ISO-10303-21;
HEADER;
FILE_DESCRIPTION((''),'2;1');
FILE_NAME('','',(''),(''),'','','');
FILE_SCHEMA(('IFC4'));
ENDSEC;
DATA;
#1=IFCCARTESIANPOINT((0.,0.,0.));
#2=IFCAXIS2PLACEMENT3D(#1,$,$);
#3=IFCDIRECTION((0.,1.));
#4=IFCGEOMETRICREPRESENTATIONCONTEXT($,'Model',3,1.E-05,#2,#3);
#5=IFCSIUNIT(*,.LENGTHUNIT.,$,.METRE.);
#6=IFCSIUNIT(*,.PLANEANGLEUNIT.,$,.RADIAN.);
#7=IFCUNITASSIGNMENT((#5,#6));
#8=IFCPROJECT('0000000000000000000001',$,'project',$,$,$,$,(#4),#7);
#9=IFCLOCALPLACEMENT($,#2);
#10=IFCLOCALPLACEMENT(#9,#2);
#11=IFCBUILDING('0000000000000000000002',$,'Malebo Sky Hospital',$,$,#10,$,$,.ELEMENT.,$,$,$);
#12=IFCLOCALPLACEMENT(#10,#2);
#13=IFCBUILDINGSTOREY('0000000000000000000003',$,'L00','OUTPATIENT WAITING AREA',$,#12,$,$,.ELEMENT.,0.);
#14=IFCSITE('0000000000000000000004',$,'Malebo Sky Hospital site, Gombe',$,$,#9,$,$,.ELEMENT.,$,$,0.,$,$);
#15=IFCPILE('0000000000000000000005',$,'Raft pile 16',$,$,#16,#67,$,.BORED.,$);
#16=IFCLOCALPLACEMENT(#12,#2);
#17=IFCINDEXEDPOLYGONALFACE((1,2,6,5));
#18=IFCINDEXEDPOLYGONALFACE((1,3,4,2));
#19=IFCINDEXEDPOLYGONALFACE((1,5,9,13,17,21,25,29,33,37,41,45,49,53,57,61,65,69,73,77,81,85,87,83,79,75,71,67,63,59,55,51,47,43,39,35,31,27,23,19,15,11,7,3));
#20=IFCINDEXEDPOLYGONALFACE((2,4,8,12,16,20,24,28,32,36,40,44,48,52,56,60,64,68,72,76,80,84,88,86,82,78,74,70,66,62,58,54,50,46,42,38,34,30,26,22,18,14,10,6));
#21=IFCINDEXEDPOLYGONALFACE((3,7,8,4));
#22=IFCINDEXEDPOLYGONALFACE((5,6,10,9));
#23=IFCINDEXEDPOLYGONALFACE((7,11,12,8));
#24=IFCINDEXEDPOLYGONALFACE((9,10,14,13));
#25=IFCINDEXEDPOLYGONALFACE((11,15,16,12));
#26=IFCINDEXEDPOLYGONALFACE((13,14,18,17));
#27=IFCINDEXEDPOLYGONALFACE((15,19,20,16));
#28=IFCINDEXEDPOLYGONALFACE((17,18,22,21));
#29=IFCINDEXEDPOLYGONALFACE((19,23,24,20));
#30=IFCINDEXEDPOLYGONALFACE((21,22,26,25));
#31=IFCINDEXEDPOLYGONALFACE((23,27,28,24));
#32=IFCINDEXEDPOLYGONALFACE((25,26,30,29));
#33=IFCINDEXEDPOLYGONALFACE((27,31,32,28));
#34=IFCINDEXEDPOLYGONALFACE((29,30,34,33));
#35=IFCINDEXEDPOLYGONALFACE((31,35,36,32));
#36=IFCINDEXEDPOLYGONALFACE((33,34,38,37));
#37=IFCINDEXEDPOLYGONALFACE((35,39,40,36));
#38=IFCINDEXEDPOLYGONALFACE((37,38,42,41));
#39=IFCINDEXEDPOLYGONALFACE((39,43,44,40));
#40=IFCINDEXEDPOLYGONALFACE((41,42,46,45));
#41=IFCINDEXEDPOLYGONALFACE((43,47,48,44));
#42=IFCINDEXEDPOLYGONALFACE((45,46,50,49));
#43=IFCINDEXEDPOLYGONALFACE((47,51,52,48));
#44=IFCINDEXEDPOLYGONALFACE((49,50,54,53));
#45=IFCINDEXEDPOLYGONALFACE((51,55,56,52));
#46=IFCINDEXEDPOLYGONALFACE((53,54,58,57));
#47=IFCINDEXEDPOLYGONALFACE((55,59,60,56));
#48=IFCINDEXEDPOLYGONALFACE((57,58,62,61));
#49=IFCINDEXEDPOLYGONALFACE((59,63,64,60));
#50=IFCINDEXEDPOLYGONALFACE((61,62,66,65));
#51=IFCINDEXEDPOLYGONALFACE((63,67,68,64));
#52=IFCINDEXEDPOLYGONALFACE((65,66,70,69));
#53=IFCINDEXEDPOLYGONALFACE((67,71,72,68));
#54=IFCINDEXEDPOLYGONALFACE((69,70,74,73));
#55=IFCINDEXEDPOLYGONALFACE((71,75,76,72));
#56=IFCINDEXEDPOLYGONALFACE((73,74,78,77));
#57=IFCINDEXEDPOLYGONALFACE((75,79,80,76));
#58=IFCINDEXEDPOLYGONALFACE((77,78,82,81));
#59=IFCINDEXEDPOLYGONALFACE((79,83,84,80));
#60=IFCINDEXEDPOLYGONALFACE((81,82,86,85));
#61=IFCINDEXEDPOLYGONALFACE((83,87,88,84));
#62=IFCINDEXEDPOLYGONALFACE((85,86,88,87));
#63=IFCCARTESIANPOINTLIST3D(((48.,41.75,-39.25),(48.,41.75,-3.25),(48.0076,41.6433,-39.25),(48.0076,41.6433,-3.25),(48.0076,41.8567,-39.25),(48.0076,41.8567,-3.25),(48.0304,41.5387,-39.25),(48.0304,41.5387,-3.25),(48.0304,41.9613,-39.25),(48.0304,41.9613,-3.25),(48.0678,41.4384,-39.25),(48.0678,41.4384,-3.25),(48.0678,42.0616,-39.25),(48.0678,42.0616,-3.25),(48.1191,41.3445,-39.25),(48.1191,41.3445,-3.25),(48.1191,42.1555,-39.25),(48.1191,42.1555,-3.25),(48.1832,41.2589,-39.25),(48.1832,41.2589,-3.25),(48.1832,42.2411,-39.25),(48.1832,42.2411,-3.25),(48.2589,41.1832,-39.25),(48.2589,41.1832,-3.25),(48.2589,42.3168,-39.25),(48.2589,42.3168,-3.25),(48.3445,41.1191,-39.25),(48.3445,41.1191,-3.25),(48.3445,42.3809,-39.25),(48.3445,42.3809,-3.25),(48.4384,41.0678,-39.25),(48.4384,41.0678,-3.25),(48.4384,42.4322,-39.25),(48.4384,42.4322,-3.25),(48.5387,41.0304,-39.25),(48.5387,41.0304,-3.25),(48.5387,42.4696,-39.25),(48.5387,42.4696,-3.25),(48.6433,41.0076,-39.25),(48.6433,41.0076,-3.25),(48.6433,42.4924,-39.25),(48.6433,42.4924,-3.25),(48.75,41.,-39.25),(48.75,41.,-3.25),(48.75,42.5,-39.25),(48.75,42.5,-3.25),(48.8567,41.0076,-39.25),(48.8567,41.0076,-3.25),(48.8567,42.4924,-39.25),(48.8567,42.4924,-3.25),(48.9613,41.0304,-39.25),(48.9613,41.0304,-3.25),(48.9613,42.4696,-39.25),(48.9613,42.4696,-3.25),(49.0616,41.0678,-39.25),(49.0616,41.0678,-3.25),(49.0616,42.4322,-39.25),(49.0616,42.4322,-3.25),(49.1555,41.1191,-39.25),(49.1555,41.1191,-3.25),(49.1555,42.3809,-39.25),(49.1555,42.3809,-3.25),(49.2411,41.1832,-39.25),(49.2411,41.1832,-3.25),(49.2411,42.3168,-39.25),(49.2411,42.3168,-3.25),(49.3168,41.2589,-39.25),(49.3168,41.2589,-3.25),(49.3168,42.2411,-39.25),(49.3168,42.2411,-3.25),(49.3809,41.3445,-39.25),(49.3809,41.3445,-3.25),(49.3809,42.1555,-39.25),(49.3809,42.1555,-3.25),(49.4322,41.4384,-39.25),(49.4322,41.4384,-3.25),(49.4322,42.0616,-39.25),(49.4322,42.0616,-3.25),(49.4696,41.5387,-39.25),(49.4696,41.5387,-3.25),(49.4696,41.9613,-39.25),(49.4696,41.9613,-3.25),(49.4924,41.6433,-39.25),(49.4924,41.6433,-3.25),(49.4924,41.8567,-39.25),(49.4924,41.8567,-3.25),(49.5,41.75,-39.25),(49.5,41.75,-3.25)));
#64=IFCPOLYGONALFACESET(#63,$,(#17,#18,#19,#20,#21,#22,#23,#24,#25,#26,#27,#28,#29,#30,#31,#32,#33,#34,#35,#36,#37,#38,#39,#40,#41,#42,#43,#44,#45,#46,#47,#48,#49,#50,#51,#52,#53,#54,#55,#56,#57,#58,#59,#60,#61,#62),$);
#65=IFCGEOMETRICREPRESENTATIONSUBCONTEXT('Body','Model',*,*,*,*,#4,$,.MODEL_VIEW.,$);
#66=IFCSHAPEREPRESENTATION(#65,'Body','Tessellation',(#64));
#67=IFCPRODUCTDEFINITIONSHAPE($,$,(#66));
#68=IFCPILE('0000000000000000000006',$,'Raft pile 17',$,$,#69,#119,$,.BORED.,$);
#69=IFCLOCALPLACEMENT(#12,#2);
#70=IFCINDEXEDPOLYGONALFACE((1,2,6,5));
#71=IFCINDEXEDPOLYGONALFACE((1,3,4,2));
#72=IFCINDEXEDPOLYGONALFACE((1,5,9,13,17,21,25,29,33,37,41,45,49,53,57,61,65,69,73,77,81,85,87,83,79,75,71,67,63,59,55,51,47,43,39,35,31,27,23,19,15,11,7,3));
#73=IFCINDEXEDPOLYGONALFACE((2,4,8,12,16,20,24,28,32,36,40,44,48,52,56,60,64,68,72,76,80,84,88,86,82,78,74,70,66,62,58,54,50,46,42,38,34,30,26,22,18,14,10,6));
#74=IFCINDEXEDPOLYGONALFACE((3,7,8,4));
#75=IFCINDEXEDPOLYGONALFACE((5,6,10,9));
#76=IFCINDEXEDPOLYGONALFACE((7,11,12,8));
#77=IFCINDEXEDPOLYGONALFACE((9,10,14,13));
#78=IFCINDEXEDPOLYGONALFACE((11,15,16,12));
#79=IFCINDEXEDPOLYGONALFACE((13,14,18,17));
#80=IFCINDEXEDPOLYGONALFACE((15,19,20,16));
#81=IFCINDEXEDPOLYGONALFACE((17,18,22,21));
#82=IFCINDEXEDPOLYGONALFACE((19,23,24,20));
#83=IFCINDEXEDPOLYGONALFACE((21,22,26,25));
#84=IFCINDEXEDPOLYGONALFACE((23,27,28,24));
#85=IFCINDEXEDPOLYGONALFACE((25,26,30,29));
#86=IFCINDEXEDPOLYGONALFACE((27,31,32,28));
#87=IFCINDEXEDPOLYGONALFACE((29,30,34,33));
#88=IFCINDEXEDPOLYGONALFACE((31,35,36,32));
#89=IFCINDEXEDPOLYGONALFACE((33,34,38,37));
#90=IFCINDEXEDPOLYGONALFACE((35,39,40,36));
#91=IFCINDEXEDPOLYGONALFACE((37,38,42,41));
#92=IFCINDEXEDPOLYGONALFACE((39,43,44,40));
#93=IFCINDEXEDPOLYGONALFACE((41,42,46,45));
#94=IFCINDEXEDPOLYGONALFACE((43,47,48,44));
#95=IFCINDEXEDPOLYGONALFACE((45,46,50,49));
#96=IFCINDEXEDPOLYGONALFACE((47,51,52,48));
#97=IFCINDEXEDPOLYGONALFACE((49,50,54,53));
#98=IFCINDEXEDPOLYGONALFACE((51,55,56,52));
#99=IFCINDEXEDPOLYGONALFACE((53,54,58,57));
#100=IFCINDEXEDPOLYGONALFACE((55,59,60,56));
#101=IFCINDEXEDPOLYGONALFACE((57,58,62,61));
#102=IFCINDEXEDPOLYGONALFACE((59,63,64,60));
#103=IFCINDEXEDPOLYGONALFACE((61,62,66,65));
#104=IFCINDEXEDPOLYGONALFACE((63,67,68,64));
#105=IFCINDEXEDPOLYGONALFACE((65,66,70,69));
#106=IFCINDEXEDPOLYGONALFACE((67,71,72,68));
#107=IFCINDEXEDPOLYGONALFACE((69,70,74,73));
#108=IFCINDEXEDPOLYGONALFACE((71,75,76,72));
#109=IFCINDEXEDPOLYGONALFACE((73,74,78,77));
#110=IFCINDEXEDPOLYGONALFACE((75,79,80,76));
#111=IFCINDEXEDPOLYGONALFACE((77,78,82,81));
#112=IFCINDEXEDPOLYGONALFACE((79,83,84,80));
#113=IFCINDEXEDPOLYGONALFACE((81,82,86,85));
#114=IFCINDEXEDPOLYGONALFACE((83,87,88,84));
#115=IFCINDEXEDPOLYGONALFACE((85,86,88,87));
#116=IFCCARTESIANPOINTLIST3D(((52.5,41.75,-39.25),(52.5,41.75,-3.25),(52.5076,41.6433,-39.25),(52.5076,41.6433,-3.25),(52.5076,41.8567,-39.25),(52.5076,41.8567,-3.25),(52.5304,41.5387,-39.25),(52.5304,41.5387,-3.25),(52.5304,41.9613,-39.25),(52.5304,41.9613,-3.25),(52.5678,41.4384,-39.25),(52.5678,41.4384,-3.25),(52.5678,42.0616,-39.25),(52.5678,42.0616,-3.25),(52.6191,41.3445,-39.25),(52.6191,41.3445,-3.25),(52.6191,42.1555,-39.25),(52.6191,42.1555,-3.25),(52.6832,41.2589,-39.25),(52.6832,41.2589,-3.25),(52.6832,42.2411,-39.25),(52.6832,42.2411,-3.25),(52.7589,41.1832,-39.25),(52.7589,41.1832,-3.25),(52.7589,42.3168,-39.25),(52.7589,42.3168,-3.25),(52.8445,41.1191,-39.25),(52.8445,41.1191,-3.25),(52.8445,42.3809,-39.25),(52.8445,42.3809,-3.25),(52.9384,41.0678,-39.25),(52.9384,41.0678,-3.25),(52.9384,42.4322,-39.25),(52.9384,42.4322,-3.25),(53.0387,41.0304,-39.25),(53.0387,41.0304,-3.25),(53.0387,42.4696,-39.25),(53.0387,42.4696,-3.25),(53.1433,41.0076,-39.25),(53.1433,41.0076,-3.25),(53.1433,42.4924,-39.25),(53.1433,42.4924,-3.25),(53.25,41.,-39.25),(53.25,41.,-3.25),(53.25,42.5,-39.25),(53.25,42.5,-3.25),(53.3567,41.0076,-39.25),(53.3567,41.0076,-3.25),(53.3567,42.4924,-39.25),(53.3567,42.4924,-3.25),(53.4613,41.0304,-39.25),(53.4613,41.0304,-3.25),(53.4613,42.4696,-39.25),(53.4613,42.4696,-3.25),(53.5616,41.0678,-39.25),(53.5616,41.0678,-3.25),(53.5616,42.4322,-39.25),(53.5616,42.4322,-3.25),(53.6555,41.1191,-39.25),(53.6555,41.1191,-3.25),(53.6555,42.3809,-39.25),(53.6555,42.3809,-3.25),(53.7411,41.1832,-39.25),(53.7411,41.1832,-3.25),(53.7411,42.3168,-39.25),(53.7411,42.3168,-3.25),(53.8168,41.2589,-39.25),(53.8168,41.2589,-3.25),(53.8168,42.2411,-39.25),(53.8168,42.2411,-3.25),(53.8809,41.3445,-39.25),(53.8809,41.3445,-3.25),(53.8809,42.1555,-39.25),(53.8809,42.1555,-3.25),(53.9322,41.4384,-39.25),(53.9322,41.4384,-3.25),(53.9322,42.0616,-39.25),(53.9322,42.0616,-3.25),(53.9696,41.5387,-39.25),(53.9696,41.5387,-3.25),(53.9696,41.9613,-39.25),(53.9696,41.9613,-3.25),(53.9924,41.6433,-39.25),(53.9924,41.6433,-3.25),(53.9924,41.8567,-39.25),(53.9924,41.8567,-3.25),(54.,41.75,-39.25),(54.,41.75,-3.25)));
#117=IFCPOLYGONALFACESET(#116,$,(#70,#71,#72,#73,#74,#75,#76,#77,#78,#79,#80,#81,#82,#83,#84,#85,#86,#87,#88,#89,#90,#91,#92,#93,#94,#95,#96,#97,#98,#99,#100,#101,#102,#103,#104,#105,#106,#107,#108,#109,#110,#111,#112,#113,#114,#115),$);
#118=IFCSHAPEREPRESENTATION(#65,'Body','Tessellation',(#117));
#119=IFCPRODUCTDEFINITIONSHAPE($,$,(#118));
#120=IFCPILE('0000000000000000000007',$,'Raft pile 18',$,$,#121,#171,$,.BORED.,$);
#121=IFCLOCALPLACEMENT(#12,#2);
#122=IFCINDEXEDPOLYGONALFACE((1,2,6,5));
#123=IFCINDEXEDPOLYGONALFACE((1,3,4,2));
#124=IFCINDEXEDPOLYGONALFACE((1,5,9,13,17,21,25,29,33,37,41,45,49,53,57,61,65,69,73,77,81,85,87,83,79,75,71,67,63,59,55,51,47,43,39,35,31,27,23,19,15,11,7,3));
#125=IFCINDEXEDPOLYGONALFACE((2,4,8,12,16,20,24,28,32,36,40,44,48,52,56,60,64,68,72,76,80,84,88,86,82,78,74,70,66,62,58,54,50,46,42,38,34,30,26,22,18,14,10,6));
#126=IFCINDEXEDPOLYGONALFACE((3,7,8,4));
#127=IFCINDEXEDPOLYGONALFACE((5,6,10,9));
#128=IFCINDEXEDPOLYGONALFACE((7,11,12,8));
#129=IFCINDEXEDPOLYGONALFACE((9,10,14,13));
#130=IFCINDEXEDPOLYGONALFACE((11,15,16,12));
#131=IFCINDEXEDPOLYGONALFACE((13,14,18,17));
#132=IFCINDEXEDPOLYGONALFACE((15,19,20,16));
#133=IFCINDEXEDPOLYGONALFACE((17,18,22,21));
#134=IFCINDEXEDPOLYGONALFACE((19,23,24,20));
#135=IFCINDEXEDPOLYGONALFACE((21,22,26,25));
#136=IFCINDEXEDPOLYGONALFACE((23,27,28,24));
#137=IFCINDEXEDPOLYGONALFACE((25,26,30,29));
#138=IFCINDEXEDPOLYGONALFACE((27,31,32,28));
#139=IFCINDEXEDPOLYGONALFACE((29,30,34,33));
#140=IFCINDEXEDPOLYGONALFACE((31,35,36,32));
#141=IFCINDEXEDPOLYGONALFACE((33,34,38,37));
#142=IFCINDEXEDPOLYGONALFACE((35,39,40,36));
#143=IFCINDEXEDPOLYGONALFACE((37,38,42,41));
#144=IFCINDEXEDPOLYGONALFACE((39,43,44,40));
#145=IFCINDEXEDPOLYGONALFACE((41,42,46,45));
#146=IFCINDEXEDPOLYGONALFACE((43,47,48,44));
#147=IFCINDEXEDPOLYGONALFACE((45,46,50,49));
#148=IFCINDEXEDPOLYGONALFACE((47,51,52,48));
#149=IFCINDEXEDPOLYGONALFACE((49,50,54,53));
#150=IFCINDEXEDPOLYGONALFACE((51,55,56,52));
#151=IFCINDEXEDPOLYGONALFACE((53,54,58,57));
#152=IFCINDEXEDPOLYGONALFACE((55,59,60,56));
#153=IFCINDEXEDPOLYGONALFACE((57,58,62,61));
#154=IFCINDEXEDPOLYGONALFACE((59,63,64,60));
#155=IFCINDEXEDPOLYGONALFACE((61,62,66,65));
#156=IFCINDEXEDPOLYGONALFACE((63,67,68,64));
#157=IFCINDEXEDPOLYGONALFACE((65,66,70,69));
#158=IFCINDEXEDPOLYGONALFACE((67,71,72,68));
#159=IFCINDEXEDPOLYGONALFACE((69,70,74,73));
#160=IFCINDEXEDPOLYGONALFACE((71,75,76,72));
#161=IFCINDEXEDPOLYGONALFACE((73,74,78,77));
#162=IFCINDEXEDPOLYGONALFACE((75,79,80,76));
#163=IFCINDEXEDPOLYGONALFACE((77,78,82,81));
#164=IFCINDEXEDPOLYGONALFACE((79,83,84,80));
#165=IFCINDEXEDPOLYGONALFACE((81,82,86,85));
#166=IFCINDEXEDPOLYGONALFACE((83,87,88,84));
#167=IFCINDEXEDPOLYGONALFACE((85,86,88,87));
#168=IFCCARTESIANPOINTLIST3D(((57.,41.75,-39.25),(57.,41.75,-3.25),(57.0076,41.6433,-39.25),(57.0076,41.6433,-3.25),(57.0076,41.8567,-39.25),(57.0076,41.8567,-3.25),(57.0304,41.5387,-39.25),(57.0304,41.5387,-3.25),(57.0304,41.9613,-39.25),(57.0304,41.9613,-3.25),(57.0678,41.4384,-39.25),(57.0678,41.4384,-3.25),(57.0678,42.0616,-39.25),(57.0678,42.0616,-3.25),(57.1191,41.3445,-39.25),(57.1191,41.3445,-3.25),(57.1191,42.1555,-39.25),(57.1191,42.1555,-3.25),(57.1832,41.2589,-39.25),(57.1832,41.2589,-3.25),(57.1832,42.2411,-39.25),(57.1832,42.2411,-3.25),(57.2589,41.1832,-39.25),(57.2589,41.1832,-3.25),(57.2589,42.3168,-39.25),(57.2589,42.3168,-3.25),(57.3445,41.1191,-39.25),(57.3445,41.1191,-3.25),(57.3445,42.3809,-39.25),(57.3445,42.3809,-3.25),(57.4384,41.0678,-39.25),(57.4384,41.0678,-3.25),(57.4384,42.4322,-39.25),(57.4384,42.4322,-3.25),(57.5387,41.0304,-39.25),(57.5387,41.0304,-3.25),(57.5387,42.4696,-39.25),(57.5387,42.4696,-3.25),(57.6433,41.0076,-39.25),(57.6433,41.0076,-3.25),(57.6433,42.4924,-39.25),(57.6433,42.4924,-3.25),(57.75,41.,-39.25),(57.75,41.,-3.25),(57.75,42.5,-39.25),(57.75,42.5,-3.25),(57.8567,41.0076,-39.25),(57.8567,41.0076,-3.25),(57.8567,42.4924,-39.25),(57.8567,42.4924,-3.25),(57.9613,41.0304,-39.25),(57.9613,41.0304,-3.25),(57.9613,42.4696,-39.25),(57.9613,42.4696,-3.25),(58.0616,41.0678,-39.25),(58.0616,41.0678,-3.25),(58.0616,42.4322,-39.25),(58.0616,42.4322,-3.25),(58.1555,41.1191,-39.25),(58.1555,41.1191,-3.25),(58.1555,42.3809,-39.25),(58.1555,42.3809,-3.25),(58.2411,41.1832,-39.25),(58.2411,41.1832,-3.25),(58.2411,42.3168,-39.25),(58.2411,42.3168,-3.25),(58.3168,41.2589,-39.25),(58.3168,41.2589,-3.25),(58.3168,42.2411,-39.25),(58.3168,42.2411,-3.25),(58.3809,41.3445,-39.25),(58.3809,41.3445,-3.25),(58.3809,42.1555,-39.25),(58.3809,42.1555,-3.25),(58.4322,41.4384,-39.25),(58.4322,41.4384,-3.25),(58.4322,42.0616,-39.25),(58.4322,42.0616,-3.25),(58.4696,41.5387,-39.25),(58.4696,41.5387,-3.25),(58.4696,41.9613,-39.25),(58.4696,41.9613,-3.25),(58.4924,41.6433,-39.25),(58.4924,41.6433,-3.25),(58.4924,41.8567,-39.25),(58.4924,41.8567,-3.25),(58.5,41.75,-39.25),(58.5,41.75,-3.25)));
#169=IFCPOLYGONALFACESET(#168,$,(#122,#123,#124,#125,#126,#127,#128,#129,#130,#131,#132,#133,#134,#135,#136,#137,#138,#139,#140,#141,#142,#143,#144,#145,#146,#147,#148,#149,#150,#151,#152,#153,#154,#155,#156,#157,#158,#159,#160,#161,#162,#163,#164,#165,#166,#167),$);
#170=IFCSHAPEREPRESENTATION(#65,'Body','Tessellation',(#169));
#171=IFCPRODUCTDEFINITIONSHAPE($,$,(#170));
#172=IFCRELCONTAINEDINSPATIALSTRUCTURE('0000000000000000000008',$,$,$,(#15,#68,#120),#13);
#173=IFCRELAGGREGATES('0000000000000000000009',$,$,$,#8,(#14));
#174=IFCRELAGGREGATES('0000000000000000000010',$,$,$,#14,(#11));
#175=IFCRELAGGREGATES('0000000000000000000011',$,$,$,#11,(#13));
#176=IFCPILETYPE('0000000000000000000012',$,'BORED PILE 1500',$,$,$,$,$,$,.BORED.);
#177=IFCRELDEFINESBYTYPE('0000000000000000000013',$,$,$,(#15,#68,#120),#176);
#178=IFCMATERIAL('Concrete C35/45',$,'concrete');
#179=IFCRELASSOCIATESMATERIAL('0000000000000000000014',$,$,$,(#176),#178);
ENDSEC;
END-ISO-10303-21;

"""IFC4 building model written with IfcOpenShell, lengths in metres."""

from ifc_helpers import new_model, si_unit, direction, frame, origin, origin_2d, place, context, subcontext, project, spatial, circle, extrude, material, material_profile, profile_set, type_object, element, save


model = new_model("IFC4")

# Units and contexts
model_context = context("Model", 3, precision=1e-05, world=origin(), true_north=direction((0.0, 1.0)))
body_context = subcontext(model_context, "Body", "Model", "MODEL_VIEW")
ifc_project = project(units=[si_unit("LENGTHUNIT", "METRE"), si_unit("PLANEANGLEUNIT", "RADIAN")], contexts=[model_context])

# Site, building, storey
site_placement = place(None, origin())
site = spatial("IfcSite", under=ifc_project, at=site_placement, Name="Malebo Sky Hospital site, Gombe", CompositionType="ELEMENT", RefElevation=0.0)
building_placement = place(site_placement, origin())
building = spatial("IfcBuilding", under=site, at=building_placement, Name="Malebo Sky Hospital", CompositionType="ELEMENT")
storey_placement = place(building_placement, origin())
storey = spatial("IfcBuildingStorey", under=building, at=storey_placement, Name="L00", Description="OUTPATIENT WAITING AREA", CompositionType="ELEMENT", Elevation=0.0)

# Piles
ifc_material_1 = material(Name="Concrete C35/45", Category="concrete")
ifc_material_profile_1 = material_profile(ifc_material_1, circle(Radius=0.75, at=origin_2d()), Name="BP 1500")
ifc_profile_set_1 = profile_set([ifc_material_profile_1], Name="Concrete C35/45")
pile_type = type_object("IfcPileType", Name="BORED PILE 1500", PredefinedType="BORED", material=ifc_profile_set_1)
for number, where, z_axis, x_axis, name in (
    (1, (48.75, 41.75, -3.25), (0.0, 0.0, -1.0), (1.0, 0.0, 0.0), "Raft pile 16"),
    (2, (53.25, 41.75, -3.25), (0.0, 0.0, -1.0), (1.0, 0.0, 0.0), "Raft pile 17"),
    (3, (57.75, 41.75, -3.25), (0.0, 0.0, -1.0), (1.0, 0.0, 0.0), "Raft pile 18"),
):
    element("IfcPile", number, at=place(storey_placement, frame(where, z_axis=z_axis, x_axis=x_axis)), inside=storey, type_object=pile_type, Name=name, PredefinedType="BORED", context=body_context, shape_type="SweptSolid", body=[
        extrude(circle(Radius=0.75, at=origin_2d()), origin(), (0.0, 0.0, 1.0), 36.0),
    ])

save(model, "model.ifc")
